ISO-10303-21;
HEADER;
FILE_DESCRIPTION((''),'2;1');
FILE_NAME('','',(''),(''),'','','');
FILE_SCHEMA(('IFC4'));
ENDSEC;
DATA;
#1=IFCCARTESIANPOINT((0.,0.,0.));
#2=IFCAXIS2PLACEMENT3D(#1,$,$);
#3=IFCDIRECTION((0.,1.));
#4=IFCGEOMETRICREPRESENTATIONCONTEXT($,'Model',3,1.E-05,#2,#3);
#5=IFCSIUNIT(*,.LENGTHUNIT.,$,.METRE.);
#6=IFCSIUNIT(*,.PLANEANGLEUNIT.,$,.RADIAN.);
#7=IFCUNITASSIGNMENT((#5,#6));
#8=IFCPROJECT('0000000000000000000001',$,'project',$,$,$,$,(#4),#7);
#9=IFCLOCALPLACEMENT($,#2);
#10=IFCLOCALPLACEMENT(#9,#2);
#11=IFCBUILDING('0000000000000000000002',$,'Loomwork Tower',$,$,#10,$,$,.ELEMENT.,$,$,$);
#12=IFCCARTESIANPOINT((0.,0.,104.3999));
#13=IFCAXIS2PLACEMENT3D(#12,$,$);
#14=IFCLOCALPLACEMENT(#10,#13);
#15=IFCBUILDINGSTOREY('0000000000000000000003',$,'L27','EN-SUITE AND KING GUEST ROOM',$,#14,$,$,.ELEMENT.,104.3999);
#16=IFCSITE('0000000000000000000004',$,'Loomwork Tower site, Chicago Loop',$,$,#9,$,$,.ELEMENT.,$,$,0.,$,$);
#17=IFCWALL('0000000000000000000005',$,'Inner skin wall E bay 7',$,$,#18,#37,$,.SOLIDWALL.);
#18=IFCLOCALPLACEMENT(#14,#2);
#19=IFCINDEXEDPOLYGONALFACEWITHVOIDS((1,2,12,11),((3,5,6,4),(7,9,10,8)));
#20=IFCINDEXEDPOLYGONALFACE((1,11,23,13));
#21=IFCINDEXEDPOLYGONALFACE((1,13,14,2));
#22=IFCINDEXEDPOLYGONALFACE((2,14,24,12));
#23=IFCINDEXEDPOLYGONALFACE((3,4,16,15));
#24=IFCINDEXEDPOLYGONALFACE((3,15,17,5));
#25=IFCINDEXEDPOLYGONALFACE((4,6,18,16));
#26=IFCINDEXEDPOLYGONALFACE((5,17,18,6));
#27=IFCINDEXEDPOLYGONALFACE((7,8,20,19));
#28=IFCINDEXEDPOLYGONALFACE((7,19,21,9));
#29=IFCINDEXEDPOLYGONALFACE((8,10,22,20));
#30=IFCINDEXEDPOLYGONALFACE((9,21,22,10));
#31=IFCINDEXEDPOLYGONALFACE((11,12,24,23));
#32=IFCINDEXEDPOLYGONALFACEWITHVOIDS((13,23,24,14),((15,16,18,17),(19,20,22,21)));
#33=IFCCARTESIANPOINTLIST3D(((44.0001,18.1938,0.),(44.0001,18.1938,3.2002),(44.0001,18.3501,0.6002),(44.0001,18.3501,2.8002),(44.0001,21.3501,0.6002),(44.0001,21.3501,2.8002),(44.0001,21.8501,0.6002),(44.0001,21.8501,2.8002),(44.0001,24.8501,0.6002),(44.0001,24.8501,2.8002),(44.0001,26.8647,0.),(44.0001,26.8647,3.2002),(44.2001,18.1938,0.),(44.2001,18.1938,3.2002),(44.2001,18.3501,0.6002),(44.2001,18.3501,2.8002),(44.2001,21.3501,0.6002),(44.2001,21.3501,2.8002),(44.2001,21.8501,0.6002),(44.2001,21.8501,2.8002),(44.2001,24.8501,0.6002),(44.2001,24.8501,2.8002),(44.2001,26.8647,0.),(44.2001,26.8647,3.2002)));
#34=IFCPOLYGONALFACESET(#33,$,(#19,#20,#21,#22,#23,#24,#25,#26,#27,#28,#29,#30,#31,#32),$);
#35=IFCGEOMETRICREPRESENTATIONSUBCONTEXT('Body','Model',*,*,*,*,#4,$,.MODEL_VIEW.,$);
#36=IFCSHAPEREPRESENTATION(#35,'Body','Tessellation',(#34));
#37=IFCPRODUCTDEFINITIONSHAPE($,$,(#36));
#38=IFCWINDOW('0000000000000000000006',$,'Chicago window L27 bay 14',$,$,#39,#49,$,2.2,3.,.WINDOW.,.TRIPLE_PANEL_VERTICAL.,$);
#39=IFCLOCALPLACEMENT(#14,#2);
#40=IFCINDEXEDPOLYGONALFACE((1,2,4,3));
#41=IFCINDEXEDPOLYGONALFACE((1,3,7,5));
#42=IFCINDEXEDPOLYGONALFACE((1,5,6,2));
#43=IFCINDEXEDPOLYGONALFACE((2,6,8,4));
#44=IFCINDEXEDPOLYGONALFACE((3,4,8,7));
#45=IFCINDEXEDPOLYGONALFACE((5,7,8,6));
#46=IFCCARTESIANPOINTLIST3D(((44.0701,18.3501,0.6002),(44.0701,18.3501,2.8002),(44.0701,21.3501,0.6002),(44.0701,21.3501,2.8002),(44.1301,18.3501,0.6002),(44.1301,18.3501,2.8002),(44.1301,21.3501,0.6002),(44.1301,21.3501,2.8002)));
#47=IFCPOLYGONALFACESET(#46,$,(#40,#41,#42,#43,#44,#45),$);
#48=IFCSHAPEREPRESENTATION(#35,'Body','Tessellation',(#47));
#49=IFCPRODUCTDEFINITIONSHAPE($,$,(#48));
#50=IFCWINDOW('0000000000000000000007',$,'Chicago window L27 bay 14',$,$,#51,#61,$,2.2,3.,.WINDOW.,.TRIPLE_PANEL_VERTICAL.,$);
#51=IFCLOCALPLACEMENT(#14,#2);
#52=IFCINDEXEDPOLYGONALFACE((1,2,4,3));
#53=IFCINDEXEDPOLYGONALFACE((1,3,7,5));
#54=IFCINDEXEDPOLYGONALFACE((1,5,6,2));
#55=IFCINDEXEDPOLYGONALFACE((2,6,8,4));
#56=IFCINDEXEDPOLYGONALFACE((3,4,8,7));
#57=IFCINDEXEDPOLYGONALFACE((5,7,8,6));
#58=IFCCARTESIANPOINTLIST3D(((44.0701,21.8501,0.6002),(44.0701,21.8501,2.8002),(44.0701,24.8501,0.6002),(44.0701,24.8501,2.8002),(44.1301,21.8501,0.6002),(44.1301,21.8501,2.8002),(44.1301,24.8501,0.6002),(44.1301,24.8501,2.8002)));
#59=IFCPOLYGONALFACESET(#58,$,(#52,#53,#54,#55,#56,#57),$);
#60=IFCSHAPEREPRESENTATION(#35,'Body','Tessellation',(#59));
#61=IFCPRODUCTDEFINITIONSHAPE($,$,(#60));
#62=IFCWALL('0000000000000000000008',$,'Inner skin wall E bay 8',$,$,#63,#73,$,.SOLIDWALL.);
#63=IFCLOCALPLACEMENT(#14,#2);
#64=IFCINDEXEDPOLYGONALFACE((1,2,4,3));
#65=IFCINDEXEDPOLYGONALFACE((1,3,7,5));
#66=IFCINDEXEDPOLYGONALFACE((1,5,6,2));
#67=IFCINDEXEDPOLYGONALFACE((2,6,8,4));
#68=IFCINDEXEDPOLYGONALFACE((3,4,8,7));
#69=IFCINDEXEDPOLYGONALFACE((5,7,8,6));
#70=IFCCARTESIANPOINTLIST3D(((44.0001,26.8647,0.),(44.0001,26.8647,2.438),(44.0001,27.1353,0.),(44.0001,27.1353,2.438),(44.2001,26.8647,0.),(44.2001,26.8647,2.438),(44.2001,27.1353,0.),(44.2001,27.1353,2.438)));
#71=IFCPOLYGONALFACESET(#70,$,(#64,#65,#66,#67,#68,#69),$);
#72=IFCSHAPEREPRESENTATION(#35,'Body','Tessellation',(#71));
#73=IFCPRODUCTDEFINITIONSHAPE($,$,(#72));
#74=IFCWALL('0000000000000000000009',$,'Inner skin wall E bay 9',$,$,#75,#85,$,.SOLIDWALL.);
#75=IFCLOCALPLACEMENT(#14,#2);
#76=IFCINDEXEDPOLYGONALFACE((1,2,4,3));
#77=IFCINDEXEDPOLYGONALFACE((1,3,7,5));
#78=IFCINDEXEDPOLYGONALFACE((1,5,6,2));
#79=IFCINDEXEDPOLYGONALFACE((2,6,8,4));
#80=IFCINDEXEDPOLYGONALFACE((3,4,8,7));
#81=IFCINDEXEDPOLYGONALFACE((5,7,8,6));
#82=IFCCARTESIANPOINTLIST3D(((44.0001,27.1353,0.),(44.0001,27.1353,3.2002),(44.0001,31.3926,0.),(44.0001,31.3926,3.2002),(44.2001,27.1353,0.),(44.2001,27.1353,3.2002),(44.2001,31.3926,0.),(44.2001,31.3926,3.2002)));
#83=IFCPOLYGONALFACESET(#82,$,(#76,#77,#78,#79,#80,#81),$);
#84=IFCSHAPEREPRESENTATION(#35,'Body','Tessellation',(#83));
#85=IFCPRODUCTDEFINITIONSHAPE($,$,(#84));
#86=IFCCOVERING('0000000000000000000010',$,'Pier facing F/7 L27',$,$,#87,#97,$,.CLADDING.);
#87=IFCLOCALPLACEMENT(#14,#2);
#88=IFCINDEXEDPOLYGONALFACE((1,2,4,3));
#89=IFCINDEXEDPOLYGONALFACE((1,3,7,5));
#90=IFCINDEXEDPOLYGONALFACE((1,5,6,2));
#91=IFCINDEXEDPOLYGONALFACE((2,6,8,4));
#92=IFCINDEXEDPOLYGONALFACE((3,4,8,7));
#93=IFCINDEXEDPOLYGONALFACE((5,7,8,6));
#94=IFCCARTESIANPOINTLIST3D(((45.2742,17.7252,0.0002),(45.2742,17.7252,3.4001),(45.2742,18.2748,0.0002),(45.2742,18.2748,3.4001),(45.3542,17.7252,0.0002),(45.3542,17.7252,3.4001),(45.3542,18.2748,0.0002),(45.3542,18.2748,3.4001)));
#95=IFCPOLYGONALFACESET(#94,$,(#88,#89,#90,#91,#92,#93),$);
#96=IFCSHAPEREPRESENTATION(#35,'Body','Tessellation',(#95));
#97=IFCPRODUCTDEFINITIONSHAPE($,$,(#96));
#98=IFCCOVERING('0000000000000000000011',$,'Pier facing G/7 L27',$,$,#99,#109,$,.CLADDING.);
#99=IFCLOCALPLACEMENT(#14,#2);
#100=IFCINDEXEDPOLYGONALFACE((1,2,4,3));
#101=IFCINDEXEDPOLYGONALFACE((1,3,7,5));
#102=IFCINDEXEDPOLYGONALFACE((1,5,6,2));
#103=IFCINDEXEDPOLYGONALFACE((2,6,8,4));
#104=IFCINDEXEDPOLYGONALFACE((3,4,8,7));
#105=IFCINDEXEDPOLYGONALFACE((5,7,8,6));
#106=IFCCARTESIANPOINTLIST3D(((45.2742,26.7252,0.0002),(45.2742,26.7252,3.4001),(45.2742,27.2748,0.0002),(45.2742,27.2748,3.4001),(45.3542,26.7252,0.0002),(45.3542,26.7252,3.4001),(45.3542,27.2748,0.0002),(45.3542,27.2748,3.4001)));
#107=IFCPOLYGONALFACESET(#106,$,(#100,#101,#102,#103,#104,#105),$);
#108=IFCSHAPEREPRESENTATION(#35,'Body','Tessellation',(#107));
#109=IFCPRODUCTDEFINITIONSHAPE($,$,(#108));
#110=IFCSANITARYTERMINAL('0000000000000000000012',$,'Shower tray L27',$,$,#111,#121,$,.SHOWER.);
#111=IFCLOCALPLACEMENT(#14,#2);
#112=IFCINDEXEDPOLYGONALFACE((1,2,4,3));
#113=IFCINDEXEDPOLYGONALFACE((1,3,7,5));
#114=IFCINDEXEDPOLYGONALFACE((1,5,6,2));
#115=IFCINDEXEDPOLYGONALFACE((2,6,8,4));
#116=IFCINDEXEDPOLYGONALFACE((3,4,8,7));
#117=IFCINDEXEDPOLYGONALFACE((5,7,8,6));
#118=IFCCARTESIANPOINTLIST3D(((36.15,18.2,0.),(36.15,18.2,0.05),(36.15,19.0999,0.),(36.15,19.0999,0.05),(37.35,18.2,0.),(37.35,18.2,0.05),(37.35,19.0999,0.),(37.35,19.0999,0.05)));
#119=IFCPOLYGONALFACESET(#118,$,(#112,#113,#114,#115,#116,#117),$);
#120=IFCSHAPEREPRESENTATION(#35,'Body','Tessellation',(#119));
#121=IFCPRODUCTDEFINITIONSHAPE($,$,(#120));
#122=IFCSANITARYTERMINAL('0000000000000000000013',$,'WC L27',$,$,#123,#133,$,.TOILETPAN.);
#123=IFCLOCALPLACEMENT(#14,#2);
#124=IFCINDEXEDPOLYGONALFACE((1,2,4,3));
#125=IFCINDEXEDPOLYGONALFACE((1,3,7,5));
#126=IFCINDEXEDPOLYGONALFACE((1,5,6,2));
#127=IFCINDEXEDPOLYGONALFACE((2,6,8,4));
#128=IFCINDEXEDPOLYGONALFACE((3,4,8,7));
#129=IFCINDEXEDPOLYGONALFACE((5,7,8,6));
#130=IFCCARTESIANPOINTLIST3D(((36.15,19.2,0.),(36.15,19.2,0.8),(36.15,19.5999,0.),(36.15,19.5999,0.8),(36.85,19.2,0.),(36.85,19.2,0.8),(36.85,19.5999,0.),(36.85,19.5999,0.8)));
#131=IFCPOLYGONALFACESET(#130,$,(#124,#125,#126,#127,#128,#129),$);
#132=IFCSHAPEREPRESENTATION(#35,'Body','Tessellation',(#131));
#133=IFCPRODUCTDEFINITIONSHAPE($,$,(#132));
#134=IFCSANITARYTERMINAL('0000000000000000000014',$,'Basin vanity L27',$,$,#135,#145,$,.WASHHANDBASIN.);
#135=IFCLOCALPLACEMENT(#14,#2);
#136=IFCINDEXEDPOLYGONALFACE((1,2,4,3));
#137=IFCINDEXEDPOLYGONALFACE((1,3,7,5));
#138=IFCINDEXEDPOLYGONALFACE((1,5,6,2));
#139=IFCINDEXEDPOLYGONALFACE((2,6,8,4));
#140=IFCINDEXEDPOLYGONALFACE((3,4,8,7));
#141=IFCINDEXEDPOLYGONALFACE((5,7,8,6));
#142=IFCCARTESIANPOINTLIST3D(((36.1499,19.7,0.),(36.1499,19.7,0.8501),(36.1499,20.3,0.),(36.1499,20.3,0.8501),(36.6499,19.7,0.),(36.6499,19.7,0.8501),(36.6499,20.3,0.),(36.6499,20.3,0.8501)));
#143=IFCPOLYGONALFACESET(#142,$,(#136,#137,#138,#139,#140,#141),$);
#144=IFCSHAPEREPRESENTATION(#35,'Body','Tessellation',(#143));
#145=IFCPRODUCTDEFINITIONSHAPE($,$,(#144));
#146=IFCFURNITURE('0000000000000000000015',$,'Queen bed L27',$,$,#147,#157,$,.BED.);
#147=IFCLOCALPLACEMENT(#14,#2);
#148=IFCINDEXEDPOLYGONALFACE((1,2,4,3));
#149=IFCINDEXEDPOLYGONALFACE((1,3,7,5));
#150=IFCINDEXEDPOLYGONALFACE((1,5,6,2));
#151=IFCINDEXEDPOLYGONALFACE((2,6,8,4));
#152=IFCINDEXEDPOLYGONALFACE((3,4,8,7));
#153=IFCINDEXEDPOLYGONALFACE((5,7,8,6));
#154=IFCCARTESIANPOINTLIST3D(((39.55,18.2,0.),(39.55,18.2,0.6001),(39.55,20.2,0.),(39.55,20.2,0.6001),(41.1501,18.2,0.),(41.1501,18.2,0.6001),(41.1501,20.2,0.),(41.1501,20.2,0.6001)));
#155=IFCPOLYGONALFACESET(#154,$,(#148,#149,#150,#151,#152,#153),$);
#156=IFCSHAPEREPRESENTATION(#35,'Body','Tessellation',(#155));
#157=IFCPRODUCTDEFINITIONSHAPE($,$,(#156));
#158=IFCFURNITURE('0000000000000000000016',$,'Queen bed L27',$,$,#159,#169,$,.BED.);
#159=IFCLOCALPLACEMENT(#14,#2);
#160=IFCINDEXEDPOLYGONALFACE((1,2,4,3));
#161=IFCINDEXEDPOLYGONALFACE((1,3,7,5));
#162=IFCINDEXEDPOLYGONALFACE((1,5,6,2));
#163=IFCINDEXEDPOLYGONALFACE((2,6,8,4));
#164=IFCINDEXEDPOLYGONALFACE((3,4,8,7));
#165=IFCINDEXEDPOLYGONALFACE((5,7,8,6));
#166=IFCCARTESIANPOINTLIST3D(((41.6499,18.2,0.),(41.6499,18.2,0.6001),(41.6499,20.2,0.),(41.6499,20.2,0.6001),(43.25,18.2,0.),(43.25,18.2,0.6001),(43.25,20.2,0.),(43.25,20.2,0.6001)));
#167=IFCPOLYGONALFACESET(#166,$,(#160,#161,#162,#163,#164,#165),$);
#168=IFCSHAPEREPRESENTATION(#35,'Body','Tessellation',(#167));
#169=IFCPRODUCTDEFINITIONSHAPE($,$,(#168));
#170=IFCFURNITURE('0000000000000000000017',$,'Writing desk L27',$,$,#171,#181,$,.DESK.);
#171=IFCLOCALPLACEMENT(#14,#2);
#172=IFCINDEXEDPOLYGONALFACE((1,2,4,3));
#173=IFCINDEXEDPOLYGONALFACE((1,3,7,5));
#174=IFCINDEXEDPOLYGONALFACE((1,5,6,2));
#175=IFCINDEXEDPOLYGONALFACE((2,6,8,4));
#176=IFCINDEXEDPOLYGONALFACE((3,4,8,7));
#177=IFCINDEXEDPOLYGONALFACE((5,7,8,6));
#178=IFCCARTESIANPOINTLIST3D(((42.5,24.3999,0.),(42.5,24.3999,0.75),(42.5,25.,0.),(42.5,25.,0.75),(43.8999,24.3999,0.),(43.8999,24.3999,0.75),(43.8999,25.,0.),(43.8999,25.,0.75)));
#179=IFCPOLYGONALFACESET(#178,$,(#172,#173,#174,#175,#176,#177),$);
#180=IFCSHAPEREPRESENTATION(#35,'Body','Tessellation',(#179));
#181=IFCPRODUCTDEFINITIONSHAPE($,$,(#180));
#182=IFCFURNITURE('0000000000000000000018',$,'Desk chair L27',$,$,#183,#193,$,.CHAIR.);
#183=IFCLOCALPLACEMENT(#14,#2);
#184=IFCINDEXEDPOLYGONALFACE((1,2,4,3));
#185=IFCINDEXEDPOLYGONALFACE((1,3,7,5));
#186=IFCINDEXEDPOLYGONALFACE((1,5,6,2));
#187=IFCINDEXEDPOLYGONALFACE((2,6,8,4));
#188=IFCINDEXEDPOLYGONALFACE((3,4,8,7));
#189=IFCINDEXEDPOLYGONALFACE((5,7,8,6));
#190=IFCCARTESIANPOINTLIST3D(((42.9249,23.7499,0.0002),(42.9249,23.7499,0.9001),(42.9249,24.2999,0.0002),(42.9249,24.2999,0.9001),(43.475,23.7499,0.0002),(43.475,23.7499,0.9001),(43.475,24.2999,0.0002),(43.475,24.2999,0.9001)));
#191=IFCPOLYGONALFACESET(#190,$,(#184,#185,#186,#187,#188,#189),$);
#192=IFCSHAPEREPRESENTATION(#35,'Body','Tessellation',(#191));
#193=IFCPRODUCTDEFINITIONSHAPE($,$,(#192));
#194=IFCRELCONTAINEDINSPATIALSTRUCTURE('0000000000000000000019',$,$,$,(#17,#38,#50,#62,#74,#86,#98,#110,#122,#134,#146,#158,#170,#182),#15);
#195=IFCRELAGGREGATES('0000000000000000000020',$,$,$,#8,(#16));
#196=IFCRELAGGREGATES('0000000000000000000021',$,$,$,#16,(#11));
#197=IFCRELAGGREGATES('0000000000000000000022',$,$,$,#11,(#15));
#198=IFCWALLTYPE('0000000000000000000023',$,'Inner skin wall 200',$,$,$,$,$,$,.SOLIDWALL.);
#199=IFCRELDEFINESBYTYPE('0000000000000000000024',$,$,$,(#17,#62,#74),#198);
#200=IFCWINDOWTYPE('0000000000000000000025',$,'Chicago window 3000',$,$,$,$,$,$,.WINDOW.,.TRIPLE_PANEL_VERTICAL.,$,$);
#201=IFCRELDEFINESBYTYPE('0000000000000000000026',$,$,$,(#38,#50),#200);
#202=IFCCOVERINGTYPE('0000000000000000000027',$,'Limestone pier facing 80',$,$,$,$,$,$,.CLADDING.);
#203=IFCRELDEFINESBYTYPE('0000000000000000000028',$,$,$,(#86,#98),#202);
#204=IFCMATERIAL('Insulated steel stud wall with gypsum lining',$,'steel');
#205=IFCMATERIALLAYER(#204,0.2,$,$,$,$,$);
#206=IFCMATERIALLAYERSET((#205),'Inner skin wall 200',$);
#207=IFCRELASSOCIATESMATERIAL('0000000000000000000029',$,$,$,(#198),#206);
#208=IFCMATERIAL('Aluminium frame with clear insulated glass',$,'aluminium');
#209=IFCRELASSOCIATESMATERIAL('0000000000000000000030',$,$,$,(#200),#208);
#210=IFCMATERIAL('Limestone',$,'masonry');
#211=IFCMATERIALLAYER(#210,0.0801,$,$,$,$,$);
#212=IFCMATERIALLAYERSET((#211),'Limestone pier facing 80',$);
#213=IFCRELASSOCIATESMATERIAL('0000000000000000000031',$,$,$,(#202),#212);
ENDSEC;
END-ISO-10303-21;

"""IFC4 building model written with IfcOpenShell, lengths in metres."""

from ifc_helpers import new_model, si_unit, direction, frame, frame_2d, origin, origin_2d, place, context, subcontext, project, spatial, rectangle, extrude, material, layer, layer_set, type_object, element, fill, save


model = new_model("IFC4")

# Units and contexts
model_context = context("Model", 3, precision=1e-05, world=origin(), true_north=direction((0.0, 1.0)))
body_context = subcontext(model_context, "Body", "Model", "MODEL_VIEW")
ifc_project = project(units=[si_unit("LENGTHUNIT", "METRE"), si_unit("PLANEANGLEUNIT", "RADIAN")], contexts=[model_context])

# Site, building, storey
site_placement = place(None, origin())
site = spatial("IfcSite", under=ifc_project, at=site_placement, Name="Loomwork Tower site, Chicago Loop", CompositionType="ELEMENT", RefElevation=0.0)
building_placement = place(site_placement, origin())
building = spatial("IfcBuilding", under=site, at=building_placement, Name="Loomwork Tower", CompositionType="ELEMENT")
storey_placement = place(building_placement, frame((0.0, 0.0, 104.3999)))
storey = spatial("IfcBuildingStorey", under=building, at=storey_placement, Name="L27", Description="EN-SUITE AND KING GUEST ROOM", CompositionType="ELEMENT", Elevation=104.3999)

# Wall, openings, windows
ifc_material_1 = material(Name="Insulated steel stud wall with gypsum lining", Category="steel")
ifc_layer_1 = layer(ifc_material_1, 0.2)
ifc_layer_set_1 = layer_set([ifc_layer_1], Name="Inner skin wall 200")
wall_type_1 = type_object("IfcWallType", Name="Inner skin wall 200", PredefinedType="SOLIDWALL", material=ifc_layer_set_1)
wall_1_placement = place(storey_placement, frame((44.1001, 18.1938, 0.0), z_axis=(0.0, 0.0, 1.0), x_axis=(0.0, 1.0, 0.0)))
wall_1 = element("IfcWall", 1, at=wall_1_placement, inside=storey, type_object=wall_type_1, Name="Inner skin wall E bay 7", PredefinedType="SOLIDWALL", context=body_context, shape_type="SweptSolid", body=[
    extrude(rectangle(XDim=8.6709, YDim=0.2, at=frame_2d((4.3354, 0.0))), origin(), (0.0, 0.0, 1.0), 3.2002),
])
opening_1_placement = place(wall_1_placement, frame((0.1562, 0.0, 0.6001)))
opening_1 = element("IfcOpeningElement", 2, at=opening_1_placement, cuts=wall_1, PredefinedType="OPENING", context=body_context, shape_type="SweptSolid", body=[
    extrude(rectangle(XDim=3.0, YDim=2.2, at=frame_2d((1.5, 1.1001))), frame((0.0, 0.1099, 0.0), z_axis=(0.0, -1.0, 0.0), x_axis=(1.0, 0.0, 0.0)), (0.0, 0.0, 1.0), 0.22),
])
opening_2_placement = place(wall_1_placement, frame((3.6562, 0.0, 0.6001)))
opening_2 = element("IfcOpeningElement", 3, at=opening_2_placement, cuts=wall_1, PredefinedType="OPENING", context=body_context, shape_type="SweptSolid", body=[
    extrude(rectangle(XDim=3.0, YDim=2.2, at=frame_2d((1.5, 1.1001))), frame((0.0, 0.1099, 0.0), z_axis=(0.0, -1.0, 0.0), x_axis=(1.0, 0.0, 0.0)), (0.0, 0.0, 1.0), 0.22),
])
ifc_material_2 = material(Name="Aluminium frame with clear insulated glass", Category="aluminium")
window_type = type_object("IfcWindowType", Name="Chicago window 3000", PartitioningType="TRIPLE_PANEL_VERTICAL", PredefinedType="WINDOW", material=ifc_material_2)
window_1_placement = place(opening_1_placement, origin())
window_1 = element("IfcWindow", 4, at=window_1_placement, inside=storey, type_object=window_type, Name="Chicago window L27 bay 14", OverallHeight=2.2, OverallWidth=3.0, PartitioningType="TRIPLE_PANEL_VERTICAL", PredefinedType="WINDOW", context=body_context, shape_type="SweptSolid", body=[
    extrude(rectangle(XDim=3.0, YDim=2.2, at=frame_2d((1.5, 1.1001))), frame((0.0, 0.03, 0.0), z_axis=(0.0, -1.0, 0.0), x_axis=(1.0, 0.0, 0.0)), (0.0, 0.0, 1.0), 0.0601),
])
fill(opening_1, window_1)
window_2_placement = place(opening_2_placement, origin())
window_2 = element("IfcWindow", 5, at=window_2_placement, inside=storey, type_object=window_type, Name="Chicago window L27 bay 14", OverallHeight=2.2, OverallWidth=3.0, PartitioningType="TRIPLE_PANEL_VERTICAL", PredefinedType="WINDOW", context=body_context, shape_type="SweptSolid", body=[
    extrude(rectangle(XDim=3.0, YDim=2.2, at=frame_2d((1.5, 1.1001))), frame((0.0, 0.03, 0.0), z_axis=(0.0, -1.0, 0.0), x_axis=(1.0, 0.0, 0.0)), (0.0, 0.0, 1.0), 0.0601),
])
fill(opening_2, window_2)

# Walls
wall_2_placement = place(storey_placement, frame((44.1001, 26.8647, 0.0), z_axis=(0.0, 0.0, 1.0), x_axis=(0.0, 1.0, 0.0)))
element("IfcWall", 6, at=wall_2_placement, inside=storey, type_object=wall_type_1, Name="Inner skin wall E bay 8", PredefinedType="SOLIDWALL", context=body_context, shape_type="SweptSolid", body=[
    extrude(rectangle(XDim=0.2705, YDim=0.2, at=frame_2d((0.1353, 0.0))), origin(), (0.0, 0.0, 1.0), 2.438),
])
wall_3_placement = place(storey_placement, frame((44.1001, 27.1353, 0.0), z_axis=(0.0, 0.0, 1.0), x_axis=(0.0, 1.0, 0.0)))
element("IfcWall", 7, at=wall_3_placement, inside=storey, type_object=wall_type_1, Name="Inner skin wall E bay 9", PredefinedType="SOLIDWALL", context=body_context, shape_type="SweptSolid", body=[
    extrude(rectangle(XDim=4.2573, YDim=0.2, at=frame_2d((2.1287, 0.0))), origin(), (0.0, 0.0, 1.0), 3.2002),
])

# Coverings
ifc_material_3 = material(Name="Limestone", Category="masonry")
ifc_layer_2 = layer(ifc_material_3, 0.0801)
ifc_layer_set_2 = layer_set([ifc_layer_2], Name="Limestone pier facing 80")
covering_type = type_object("IfcCoveringType", Name="Limestone pier facing 80", PredefinedType="CLADDING", material=ifc_layer_set_2)
for number, where, z_axis, x_axis, name in (
    (8, (45.3142, 18.0, 0.0002), (0.0, 0.0, 1.0), (1.0, 0.0, 0.0), "Pier facing F/7 L27"),
    (9, (45.3142, 27.0, 0.0002), (0.0, 0.0, 1.0), (1.0, 0.0, 0.0), "Pier facing G/7 L27"),
):
    element("IfcCovering", number, at=place(storey_placement, frame(where, z_axis=z_axis, x_axis=x_axis)), inside=storey, type_object=covering_type, Name=name, PredefinedType="CLADDING", context=body_context, shape_type="SweptSolid", body=[
        extrude(rectangle(XDim=0.0801, YDim=0.5496, at=origin_2d()), origin(), (0.0, 0.0, 1.0), 3.3999),
    ])

# Sanitary terminals
sanitary_terminal_1_placement = place(storey_placement, frame((36.75, 18.6499, 0.0), z_axis=(0.0, 0.0, 1.0), x_axis=(1.0, 0.0, 0.0)))
element("IfcSanitaryTerminal", 10, at=sanitary_terminal_1_placement, inside=storey, Name="Shower tray L27", PredefinedType="SHOWER", context=body_context, shape_type="SweptSolid", body=[
    extrude(rectangle(XDim=1.2, YDim=0.8999, at=origin_2d()), origin(), (0.0, 0.0, 1.0), 0.05),
])
sanitary_terminal_2_placement = place(storey_placement, frame((36.5, 19.3999, 0.0), z_axis=(0.0, 0.0, 1.0), x_axis=(1.0, 0.0, 0.0)))
element("IfcSanitaryTerminal", 11, at=sanitary_terminal_2_placement, inside=storey, Name="WC L27", PredefinedType="TOILETPAN", context=body_context, shape_type="SweptSolid", body=[
    extrude(rectangle(XDim=0.7, YDim=0.3999, at=origin_2d()), origin(), (0.0, 0.0, 1.0), 0.8),
])
sanitary_terminal_3_placement = place(storey_placement, frame((36.3999, 20.0, 0.0), z_axis=(0.0, 0.0, 1.0), x_axis=(1.0, 0.0, 0.0)))
element("IfcSanitaryTerminal", 12, at=sanitary_terminal_3_placement, inside=storey, Name="Basin vanity L27", PredefinedType="WASHHANDBASIN", context=body_context, shape_type="SweptSolid", body=[
    extrude(rectangle(XDim=0.5, YDim=0.6001, at=origin_2d()), origin(), (0.0, 0.0, 1.0), 0.8501),
])

# Furniture
for number, where, z_axis, x_axis, name in (
    (13, (40.3501, 19.2, 0.0), (0.0, 0.0, 1.0), (1.0, 0.0, 0.0), "Queen bed L27"),
    (14, (42.45, 19.2, 0.0), (0.0, 0.0, 1.0), (1.0, 0.0, 0.0), "Queen bed L27"),
):
    element("IfcFurniture", number, at=place(storey_placement, frame(where, z_axis=z_axis, x_axis=x_axis)), inside=storey, Name=name, PredefinedType="BED", context=body_context, shape_type="SweptSolid", body=[
        extrude(rectangle(XDim=1.6001, YDim=2.0, at=origin_2d()), origin(), (0.0, 0.0, 1.0), 0.6001),
    ])
furniture_1_placement = place(storey_placement, frame((43.2, 24.7, 0.0), z_axis=(0.0, 0.0, 1.0), x_axis=(1.0, 0.0, 0.0)))
element("IfcFurniture", 15, at=furniture_1_placement, inside=storey, Name="Writing desk L27", PredefinedType="DESK", context=body_context, shape_type="SweptSolid", body=[
    extrude(rectangle(XDim=1.3999, YDim=0.6001, at=origin_2d()), origin(), (0.0, 0.0, 1.0), 0.75),
])
furniture_2_placement = place(storey_placement, frame((43.2, 24.0249, 0.0002), z_axis=(0.0, 0.0, 1.0), x_axis=(1.0, 0.0, 0.0)))
element("IfcFurniture", 16, at=furniture_2_placement, inside=storey, Name="Desk chair L27", PredefinedType="CHAIR", context=body_context, shape_type="SweptSolid", body=[
    extrude(rectangle(XDim=0.55, YDim=0.55, at=origin_2d()), origin(), (0.0, 0.0, 1.0), 0.8999),
])

save(model, "model.ifc")
